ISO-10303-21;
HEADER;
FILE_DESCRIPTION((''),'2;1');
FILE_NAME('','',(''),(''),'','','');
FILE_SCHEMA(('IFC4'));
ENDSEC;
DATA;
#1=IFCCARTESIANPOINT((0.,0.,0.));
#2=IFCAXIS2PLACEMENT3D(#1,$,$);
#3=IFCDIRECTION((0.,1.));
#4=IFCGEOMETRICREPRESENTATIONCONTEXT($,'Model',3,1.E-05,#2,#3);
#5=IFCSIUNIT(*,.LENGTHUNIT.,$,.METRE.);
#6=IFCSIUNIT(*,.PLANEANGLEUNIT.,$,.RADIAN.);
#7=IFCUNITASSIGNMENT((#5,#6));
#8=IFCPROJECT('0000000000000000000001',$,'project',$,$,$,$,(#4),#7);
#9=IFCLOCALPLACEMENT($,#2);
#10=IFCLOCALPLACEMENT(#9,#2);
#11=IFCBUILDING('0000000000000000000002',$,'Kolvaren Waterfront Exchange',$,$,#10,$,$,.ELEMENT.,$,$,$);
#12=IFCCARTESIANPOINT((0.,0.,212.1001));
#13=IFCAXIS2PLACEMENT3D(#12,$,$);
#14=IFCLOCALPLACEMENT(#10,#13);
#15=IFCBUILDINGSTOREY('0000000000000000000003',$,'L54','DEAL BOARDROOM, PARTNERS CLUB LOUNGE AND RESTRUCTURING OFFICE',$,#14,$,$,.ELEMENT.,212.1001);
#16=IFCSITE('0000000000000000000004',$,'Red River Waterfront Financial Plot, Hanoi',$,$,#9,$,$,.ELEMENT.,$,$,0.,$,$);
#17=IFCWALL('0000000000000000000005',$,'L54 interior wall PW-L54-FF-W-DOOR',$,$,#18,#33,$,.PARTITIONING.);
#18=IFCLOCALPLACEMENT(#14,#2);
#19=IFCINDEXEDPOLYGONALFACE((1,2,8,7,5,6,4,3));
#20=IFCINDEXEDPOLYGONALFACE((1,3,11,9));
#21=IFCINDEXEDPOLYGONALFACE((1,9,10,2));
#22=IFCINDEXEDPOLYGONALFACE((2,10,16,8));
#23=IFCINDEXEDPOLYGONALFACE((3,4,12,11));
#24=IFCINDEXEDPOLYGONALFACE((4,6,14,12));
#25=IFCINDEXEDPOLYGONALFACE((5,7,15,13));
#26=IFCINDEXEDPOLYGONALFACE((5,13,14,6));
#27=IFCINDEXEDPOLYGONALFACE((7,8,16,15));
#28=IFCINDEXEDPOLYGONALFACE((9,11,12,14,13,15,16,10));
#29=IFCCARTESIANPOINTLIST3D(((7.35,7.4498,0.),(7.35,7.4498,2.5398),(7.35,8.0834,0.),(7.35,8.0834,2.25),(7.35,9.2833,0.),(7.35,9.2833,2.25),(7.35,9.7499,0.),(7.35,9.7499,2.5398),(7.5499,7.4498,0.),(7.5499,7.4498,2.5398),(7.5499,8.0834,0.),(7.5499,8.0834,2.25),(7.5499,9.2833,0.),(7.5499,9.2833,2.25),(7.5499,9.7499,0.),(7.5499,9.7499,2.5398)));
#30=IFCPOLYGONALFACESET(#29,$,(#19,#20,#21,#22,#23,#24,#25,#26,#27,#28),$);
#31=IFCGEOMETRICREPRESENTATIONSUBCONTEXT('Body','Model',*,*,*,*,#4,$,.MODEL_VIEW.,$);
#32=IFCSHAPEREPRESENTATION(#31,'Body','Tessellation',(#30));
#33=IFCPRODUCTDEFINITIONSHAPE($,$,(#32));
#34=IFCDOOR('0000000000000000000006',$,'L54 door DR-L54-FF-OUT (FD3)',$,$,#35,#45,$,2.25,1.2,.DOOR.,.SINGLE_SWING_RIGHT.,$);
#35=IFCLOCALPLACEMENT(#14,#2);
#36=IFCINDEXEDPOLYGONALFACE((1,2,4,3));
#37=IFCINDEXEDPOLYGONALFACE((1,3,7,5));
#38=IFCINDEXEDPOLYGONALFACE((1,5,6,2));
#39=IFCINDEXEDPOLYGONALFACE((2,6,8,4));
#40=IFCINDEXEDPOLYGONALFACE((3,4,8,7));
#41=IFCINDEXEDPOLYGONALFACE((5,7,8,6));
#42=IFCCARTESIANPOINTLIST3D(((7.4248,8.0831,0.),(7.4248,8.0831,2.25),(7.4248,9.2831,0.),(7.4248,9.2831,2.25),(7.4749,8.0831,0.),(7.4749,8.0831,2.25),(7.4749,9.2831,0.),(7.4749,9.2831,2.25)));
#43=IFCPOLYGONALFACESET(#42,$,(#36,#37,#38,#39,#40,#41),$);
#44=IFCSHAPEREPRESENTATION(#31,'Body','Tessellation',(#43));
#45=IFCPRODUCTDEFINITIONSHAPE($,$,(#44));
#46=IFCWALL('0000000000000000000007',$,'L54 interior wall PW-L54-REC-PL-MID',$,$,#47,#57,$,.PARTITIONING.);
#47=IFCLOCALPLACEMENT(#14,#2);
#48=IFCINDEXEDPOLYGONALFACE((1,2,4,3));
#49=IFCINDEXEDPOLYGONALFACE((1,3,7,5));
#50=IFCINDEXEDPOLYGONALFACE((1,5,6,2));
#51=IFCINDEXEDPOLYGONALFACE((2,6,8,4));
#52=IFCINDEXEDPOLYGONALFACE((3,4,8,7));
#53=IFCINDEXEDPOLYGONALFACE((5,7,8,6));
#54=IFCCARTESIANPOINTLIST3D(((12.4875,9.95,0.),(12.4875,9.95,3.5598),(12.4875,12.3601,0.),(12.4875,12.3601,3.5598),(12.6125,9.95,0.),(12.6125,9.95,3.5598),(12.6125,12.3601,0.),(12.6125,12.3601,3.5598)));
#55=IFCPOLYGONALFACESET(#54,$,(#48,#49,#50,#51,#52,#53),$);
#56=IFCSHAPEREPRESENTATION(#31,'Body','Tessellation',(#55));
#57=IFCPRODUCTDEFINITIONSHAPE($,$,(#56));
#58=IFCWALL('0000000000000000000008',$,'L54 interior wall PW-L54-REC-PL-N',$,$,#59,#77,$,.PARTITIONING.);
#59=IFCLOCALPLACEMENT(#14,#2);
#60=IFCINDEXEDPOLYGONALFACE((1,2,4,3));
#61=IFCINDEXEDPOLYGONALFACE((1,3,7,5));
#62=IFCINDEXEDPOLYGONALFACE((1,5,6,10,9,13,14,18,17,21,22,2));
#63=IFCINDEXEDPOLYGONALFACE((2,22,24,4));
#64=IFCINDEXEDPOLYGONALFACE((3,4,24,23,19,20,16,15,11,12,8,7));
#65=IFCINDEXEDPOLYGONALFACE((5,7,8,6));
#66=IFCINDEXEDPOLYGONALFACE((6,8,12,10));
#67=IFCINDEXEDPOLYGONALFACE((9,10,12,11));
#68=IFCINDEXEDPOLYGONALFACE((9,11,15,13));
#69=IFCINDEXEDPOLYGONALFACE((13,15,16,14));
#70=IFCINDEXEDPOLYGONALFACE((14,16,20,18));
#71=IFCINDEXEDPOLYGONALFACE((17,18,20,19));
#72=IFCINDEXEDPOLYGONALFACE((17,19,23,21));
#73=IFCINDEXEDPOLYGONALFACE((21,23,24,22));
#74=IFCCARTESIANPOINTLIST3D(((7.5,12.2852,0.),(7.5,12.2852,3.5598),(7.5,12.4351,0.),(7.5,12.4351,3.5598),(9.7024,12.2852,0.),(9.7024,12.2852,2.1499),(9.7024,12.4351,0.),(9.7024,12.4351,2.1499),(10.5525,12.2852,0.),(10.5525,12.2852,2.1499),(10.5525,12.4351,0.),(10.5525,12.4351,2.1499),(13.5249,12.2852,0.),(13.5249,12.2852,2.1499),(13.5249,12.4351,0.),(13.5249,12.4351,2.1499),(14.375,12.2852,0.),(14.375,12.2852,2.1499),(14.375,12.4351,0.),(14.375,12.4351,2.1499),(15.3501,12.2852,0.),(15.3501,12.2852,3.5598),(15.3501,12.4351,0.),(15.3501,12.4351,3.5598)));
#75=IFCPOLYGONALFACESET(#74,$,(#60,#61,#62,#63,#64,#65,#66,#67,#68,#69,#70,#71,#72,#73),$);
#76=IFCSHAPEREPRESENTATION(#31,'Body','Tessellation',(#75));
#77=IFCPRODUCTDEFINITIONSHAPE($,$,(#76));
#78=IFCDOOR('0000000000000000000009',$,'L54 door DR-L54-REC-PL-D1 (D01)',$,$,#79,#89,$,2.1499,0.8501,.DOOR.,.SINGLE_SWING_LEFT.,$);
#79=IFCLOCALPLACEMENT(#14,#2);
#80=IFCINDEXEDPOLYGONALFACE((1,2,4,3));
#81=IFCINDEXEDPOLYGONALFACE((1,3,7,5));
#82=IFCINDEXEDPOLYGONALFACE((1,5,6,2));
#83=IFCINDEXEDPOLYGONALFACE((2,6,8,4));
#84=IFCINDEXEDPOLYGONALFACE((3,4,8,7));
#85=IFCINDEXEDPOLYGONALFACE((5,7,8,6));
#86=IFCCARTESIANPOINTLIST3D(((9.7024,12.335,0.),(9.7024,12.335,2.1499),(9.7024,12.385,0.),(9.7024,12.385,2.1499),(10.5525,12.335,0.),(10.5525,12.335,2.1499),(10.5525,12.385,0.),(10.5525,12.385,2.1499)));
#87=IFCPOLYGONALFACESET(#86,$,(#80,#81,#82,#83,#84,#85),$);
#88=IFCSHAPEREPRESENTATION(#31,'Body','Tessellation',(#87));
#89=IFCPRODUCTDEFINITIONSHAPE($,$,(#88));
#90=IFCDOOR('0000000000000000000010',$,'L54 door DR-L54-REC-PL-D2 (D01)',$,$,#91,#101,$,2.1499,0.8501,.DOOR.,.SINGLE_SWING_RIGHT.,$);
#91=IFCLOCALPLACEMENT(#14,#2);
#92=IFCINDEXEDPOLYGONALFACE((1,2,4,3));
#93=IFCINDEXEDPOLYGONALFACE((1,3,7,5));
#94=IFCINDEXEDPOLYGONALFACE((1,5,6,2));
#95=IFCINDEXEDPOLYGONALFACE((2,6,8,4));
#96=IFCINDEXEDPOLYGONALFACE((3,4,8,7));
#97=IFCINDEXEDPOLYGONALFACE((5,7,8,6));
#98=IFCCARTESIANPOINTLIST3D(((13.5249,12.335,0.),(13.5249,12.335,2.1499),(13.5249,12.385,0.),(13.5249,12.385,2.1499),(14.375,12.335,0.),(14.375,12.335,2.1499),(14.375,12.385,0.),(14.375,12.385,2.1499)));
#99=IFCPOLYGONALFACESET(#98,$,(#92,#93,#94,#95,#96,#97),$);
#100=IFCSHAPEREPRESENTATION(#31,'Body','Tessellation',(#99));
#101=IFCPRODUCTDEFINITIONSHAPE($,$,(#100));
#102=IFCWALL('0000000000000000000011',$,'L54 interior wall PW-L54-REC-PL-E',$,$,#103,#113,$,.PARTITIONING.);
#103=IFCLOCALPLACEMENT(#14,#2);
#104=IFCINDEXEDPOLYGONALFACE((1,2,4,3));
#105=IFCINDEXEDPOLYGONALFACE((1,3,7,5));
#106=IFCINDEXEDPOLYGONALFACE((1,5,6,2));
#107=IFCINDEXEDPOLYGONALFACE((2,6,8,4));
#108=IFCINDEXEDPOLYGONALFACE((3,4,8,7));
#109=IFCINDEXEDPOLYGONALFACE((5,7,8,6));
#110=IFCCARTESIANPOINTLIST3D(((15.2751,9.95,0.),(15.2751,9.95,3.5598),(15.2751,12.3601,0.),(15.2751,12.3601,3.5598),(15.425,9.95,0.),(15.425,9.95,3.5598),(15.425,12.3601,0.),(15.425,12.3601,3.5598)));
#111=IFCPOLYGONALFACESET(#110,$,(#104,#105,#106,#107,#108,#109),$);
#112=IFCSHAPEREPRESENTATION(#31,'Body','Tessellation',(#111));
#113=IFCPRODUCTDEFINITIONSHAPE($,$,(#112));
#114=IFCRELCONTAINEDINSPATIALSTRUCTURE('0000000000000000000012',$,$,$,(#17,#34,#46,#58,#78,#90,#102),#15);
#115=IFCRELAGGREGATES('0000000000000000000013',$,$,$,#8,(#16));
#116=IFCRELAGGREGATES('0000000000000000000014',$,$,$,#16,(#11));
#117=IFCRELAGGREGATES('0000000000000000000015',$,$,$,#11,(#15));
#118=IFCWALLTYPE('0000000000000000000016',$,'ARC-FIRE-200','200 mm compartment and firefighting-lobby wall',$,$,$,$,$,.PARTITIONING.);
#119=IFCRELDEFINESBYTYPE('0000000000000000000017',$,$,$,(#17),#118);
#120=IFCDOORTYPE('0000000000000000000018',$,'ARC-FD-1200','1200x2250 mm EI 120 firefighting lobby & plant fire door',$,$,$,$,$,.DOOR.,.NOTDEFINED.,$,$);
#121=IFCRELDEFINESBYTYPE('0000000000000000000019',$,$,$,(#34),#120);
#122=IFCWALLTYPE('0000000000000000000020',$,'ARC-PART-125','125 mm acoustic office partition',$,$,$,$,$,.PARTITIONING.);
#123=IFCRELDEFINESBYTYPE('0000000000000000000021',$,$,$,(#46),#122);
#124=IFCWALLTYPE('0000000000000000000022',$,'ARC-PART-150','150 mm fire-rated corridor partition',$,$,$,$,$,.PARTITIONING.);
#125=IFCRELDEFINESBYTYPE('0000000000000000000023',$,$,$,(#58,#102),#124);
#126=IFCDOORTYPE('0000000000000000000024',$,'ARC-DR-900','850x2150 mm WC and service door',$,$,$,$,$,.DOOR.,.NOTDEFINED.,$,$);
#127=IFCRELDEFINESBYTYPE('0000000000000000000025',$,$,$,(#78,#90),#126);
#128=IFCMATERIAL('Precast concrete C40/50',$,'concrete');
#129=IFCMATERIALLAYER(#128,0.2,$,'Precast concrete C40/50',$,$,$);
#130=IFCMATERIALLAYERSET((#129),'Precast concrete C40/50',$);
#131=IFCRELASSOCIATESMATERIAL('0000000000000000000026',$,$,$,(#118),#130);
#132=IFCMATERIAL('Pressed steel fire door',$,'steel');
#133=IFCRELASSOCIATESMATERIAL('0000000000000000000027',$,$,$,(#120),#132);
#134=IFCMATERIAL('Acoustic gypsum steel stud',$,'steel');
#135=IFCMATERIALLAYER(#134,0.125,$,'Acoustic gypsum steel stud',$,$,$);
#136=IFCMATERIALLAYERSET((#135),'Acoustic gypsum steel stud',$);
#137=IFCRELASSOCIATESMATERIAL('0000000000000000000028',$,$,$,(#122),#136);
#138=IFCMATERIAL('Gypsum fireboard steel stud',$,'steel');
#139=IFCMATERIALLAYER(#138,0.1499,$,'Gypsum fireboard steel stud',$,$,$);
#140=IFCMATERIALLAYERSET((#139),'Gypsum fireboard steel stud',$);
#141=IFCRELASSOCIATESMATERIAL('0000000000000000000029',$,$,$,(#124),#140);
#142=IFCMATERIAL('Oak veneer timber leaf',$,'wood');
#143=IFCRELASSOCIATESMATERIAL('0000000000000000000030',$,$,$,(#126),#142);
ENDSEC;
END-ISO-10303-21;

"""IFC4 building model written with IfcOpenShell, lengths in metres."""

from ifc_helpers import new_model, si_unit, direction, frame, frame_2d, origin, place, context, subcontext, project, spatial, rectangle, extrude, material, layer, layer_set, type_object, element, fill, save


model = new_model("IFC4")

# Units and contexts
model_context = context("Model", 3, precision=1e-05, world=origin(), true_north=direction((0.0, 1.0)))
body_context = subcontext(model_context, "Body", "Model", "MODEL_VIEW")
ifc_project = project(units=[si_unit("LENGTHUNIT", "METRE"), si_unit("PLANEANGLEUNIT", "RADIAN")], contexts=[model_context])

# Site, building, storey
site_placement = place(None, origin())
site = spatial("IfcSite", under=ifc_project, at=site_placement, Name="Red River Waterfront Financial Plot, Hanoi", CompositionType="ELEMENT", RefElevation=0.0)
building_placement = place(site_placement, origin())
building = spatial("IfcBuilding", under=site, at=building_placement, Name="Kolvaren Waterfront Exchange", CompositionType="ELEMENT")
storey_placement = place(building_placement, frame((0.0, 0.0, 212.1001)))
storey = spatial("IfcBuildingStorey", under=building, at=storey_placement, Name="L54", Description="DEAL BOARDROOM, PARTNERS CLUB LOUNGE AND RESTRUCTURING OFFICE", CompositionType="ELEMENT", Elevation=212.1001)

# Shared definitions
ifc_material_1 = material(Name="Precast concrete C40/50", Category="concrete")
ifc_layer_1 = layer(ifc_material_1, 0.2, Name="Precast concrete C40/50")
ifc_layer_set_1 = layer_set([ifc_layer_1], Name="Precast concrete C40/50")
wall_type_1 = type_object("IfcWallType", Name="ARC-FIRE-200", Description="200 mm compartment and firefighting-lobby wall", PredefinedType="PARTITIONING", material=ifc_layer_set_1)

# Wall, opening, door
wall_1_placement = place(storey_placement, frame((7.45, 7.45, 0.0), z_axis=(0.0, 0.0, 1.0), x_axis=(0.0, 1.0, 0.0)))
wall_1 = element("IfcWall", 1, at=wall_1_placement, inside=storey, type_object=wall_type_1, Name="L54 interior wall PW-L54-FF-W-DOOR", PredefinedType="PARTITIONING", context=body_context, shape_type="SweptSolid", body=[
    extrude(rectangle(XDim=2.3, YDim=0.2, at=frame_2d((1.1499, 0.0))), origin(), (0.0, 0.0, 1.0), 2.5398),
])
opening_1_placement = place(wall_1_placement, frame((0.6333, 0.0, 0.0)))
opening_1 = element("IfcOpeningElement", 2, at=opening_1_placement, cuts=wall_1, PredefinedType="OPENING", context=body_context, shape_type="SweptSolid", body=[
    extrude(rectangle(XDim=1.2, YDim=2.25, at=frame_2d((0.6001, 1.125))), frame((0.0, 0.1099, 0.0), z_axis=(0.0, -1.0, 0.0), x_axis=(1.0, 0.0, 0.0)), (0.0, 0.0, 1.0), 0.22),
])
ifc_material_2 = material(Name="Pressed steel fire door", Category="steel")
door_type_1 = type_object("IfcDoorType", Name="ARC-FD-1200", Description="1200x2250 mm EI 120 firefighting lobby & plant fire door", OperationType="NOTDEFINED", PredefinedType="DOOR", material=ifc_material_2)
door_1_placement = place(opening_1_placement, frame((1.2, 0.0, 0.0), z_axis=(0.0, 0.0, 1.0), x_axis=(-1.0, 0.0, 0.0)))
door_1 = element("IfcDoor", 3, at=door_1_placement, inside=storey, type_object=door_type_1, Name="L54 door DR-L54-FF-OUT (FD3)", OperationType="SINGLE_SWING_RIGHT", OverallHeight=2.25, OverallWidth=1.2, PredefinedType="DOOR", context=body_context, shape_type="SweptSolid", body=[
    extrude(rectangle(XDim=1.2, YDim=2.25, at=frame_2d((0.6001, 1.125))), frame((0.0, 0.0249, 0.0), z_axis=(0.0, -1.0, 0.0), x_axis=(1.0, 0.0, 0.0)), (0.0, 0.0, 1.0), 0.05),
])
fill(opening_1, door_1)

# Wall
ifc_material_3 = material(Name="Acoustic gypsum steel stud", Category="steel")
ifc_layer_2 = layer(ifc_material_3, 0.125, Name="Acoustic gypsum steel stud")
ifc_layer_set_2 = layer_set([ifc_layer_2], Name="Acoustic gypsum steel stud")
wall_type_2 = type_object("IfcWallType", Name="ARC-PART-125", Description="125 mm acoustic office partition", PredefinedType="PARTITIONING", material=ifc_layer_set_2)
wall_2_placement = place(storey_placement, frame((12.55, 9.95, 0.0), z_axis=(0.0, 0.0, 1.0), x_axis=(0.0, 1.0, 0.0)))
element("IfcWall", 4, at=wall_2_placement, inside=storey, type_object=wall_type_2, Name="L54 interior wall PW-L54-REC-PL-MID", PredefinedType="PARTITIONING", context=body_context, shape_type="SweptSolid", body=[
    extrude(rectangle(XDim=2.4102, YDim=0.125, at=frame_2d((1.2051, 0.0))), origin(), (0.0, 0.0, 1.0), 3.5598),
])

# Wall, openings, doors
ifc_material_4 = material(Name="Gypsum fireboard steel stud", Category="steel")
ifc_layer_3 = layer(ifc_material_4, 0.1499, Name="Gypsum fireboard steel stud")
ifc_layer_set_3 = layer_set([ifc_layer_3], Name="Gypsum fireboard steel stud")
wall_type_3 = type_object("IfcWallType", Name="ARC-PART-150", Description="150 mm fire-rated corridor partition", PredefinedType="PARTITIONING", material=ifc_layer_set_3)
wall_3_placement = place(storey_placement, frame((7.5, 12.3601, 0.0), z_axis=(0.0, 0.0, 1.0), x_axis=(1.0, 0.0, 0.0)))
wall_3 = element("IfcWall", 5, at=wall_3_placement, inside=storey, type_object=wall_type_3, Name="L54 interior wall PW-L54-REC-PL-N", PredefinedType="PARTITIONING", context=body_context, shape_type="SweptSolid", body=[
    extrude(rectangle(XDim=7.8501, YDim=0.1499, at=frame_2d((3.925, 0.0))), origin(), (0.0, 0.0, 1.0), 3.5598),
])
opening_2_placement = place(wall_3_placement, frame((2.2024, 0.0, 0.0)))
opening_2 = element("IfcOpeningElement", 6, at=opening_2_placement, cuts=wall_3, PredefinedType="OPENING", context=body_context, shape_type="SweptSolid", body=[
    extrude(rectangle(XDim=0.8501, YDim=2.1499, at=frame_2d((0.425, 1.075))), frame((0.0, 0.085, 0.0), z_axis=(0.0, -1.0, 0.0), x_axis=(1.0, 0.0, 0.0)), (0.0, 0.0, 1.0), 0.1699),
])
opening_3_placement = place(wall_3_placement, frame((6.0249, 0.0, 0.0)))
opening_3 = element("IfcOpeningElement", 7, at=opening_3_placement, cuts=wall_3, PredefinedType="OPENING", context=body_context, shape_type="SweptSolid", body=[
    extrude(rectangle(XDim=0.8501, YDim=2.1499, at=frame_2d((0.425, 1.075))), frame((0.0, 0.085, 0.0), z_axis=(0.0, -1.0, 0.0), x_axis=(1.0, 0.0, 0.0)), (0.0, 0.0, 1.0), 0.1699),
])
ifc_material_5 = material(Name="Oak veneer timber leaf", Category="wood")
door_type_2 = type_object("IfcDoorType", Name="ARC-DR-900", Description="850x2150 mm WC and service door", OperationType="NOTDEFINED", PredefinedType="DOOR", material=ifc_material_5)
door_2_placement = place(opening_2_placement, origin())
door_2 = element("IfcDoor", 8, at=door_2_placement, inside=storey, type_object=door_type_2, Name="L54 door DR-L54-REC-PL-D1 (D01)", OperationType="SINGLE_SWING_LEFT", OverallHeight=2.1499, OverallWidth=0.8501, PredefinedType="DOOR", context=body_context, shape_type="SweptSolid", body=[
    extrude(rectangle(XDim=0.8501, YDim=2.1499, at=frame_2d((0.425, 1.075))), frame((0.0, 0.0249, 0.0), z_axis=(0.0, -1.0, 0.0), x_axis=(1.0, 0.0, 0.0)), (0.0, 0.0, 1.0), 0.05),
])
fill(opening_2, door_2)
door_3_placement = place(opening_3_placement, origin())
door_3 = element("IfcDoor", 9, at=door_3_placement, inside=storey, type_object=door_type_2, Name="L54 door DR-L54-REC-PL-D2 (D01)", OperationType="SINGLE_SWING_RIGHT", OverallHeight=2.1499, OverallWidth=0.8501, PredefinedType="DOOR", context=body_context, shape_type="SweptSolid", body=[
    extrude(rectangle(XDim=0.8501, YDim=2.1499, at=frame_2d((0.425, 1.075))), frame((0.0, 0.0249, 0.0), z_axis=(0.0, -1.0, 0.0), x_axis=(1.0, 0.0, 0.0)), (0.0, 0.0, 1.0), 0.05),
])
fill(opening_3, door_3)

# Wall
wall_4_placement = place(storey_placement, frame((15.3501, 9.95, 0.0), z_axis=(0.0, 0.0, 1.0), x_axis=(0.0, 1.0, 0.0)))
element("IfcWall", 10, at=wall_4_placement, inside=storey, type_object=wall_type_3, Name="L54 interior wall PW-L54-REC-PL-E", PredefinedType="PARTITIONING", context=body_context, shape_type="SweptSolid", body=[
    extrude(rectangle(XDim=2.4102, YDim=0.1499, at=frame_2d((1.2051, 0.0))), origin(), (0.0, 0.0, 1.0), 3.5598),
])

save(model, "model.ifc")
